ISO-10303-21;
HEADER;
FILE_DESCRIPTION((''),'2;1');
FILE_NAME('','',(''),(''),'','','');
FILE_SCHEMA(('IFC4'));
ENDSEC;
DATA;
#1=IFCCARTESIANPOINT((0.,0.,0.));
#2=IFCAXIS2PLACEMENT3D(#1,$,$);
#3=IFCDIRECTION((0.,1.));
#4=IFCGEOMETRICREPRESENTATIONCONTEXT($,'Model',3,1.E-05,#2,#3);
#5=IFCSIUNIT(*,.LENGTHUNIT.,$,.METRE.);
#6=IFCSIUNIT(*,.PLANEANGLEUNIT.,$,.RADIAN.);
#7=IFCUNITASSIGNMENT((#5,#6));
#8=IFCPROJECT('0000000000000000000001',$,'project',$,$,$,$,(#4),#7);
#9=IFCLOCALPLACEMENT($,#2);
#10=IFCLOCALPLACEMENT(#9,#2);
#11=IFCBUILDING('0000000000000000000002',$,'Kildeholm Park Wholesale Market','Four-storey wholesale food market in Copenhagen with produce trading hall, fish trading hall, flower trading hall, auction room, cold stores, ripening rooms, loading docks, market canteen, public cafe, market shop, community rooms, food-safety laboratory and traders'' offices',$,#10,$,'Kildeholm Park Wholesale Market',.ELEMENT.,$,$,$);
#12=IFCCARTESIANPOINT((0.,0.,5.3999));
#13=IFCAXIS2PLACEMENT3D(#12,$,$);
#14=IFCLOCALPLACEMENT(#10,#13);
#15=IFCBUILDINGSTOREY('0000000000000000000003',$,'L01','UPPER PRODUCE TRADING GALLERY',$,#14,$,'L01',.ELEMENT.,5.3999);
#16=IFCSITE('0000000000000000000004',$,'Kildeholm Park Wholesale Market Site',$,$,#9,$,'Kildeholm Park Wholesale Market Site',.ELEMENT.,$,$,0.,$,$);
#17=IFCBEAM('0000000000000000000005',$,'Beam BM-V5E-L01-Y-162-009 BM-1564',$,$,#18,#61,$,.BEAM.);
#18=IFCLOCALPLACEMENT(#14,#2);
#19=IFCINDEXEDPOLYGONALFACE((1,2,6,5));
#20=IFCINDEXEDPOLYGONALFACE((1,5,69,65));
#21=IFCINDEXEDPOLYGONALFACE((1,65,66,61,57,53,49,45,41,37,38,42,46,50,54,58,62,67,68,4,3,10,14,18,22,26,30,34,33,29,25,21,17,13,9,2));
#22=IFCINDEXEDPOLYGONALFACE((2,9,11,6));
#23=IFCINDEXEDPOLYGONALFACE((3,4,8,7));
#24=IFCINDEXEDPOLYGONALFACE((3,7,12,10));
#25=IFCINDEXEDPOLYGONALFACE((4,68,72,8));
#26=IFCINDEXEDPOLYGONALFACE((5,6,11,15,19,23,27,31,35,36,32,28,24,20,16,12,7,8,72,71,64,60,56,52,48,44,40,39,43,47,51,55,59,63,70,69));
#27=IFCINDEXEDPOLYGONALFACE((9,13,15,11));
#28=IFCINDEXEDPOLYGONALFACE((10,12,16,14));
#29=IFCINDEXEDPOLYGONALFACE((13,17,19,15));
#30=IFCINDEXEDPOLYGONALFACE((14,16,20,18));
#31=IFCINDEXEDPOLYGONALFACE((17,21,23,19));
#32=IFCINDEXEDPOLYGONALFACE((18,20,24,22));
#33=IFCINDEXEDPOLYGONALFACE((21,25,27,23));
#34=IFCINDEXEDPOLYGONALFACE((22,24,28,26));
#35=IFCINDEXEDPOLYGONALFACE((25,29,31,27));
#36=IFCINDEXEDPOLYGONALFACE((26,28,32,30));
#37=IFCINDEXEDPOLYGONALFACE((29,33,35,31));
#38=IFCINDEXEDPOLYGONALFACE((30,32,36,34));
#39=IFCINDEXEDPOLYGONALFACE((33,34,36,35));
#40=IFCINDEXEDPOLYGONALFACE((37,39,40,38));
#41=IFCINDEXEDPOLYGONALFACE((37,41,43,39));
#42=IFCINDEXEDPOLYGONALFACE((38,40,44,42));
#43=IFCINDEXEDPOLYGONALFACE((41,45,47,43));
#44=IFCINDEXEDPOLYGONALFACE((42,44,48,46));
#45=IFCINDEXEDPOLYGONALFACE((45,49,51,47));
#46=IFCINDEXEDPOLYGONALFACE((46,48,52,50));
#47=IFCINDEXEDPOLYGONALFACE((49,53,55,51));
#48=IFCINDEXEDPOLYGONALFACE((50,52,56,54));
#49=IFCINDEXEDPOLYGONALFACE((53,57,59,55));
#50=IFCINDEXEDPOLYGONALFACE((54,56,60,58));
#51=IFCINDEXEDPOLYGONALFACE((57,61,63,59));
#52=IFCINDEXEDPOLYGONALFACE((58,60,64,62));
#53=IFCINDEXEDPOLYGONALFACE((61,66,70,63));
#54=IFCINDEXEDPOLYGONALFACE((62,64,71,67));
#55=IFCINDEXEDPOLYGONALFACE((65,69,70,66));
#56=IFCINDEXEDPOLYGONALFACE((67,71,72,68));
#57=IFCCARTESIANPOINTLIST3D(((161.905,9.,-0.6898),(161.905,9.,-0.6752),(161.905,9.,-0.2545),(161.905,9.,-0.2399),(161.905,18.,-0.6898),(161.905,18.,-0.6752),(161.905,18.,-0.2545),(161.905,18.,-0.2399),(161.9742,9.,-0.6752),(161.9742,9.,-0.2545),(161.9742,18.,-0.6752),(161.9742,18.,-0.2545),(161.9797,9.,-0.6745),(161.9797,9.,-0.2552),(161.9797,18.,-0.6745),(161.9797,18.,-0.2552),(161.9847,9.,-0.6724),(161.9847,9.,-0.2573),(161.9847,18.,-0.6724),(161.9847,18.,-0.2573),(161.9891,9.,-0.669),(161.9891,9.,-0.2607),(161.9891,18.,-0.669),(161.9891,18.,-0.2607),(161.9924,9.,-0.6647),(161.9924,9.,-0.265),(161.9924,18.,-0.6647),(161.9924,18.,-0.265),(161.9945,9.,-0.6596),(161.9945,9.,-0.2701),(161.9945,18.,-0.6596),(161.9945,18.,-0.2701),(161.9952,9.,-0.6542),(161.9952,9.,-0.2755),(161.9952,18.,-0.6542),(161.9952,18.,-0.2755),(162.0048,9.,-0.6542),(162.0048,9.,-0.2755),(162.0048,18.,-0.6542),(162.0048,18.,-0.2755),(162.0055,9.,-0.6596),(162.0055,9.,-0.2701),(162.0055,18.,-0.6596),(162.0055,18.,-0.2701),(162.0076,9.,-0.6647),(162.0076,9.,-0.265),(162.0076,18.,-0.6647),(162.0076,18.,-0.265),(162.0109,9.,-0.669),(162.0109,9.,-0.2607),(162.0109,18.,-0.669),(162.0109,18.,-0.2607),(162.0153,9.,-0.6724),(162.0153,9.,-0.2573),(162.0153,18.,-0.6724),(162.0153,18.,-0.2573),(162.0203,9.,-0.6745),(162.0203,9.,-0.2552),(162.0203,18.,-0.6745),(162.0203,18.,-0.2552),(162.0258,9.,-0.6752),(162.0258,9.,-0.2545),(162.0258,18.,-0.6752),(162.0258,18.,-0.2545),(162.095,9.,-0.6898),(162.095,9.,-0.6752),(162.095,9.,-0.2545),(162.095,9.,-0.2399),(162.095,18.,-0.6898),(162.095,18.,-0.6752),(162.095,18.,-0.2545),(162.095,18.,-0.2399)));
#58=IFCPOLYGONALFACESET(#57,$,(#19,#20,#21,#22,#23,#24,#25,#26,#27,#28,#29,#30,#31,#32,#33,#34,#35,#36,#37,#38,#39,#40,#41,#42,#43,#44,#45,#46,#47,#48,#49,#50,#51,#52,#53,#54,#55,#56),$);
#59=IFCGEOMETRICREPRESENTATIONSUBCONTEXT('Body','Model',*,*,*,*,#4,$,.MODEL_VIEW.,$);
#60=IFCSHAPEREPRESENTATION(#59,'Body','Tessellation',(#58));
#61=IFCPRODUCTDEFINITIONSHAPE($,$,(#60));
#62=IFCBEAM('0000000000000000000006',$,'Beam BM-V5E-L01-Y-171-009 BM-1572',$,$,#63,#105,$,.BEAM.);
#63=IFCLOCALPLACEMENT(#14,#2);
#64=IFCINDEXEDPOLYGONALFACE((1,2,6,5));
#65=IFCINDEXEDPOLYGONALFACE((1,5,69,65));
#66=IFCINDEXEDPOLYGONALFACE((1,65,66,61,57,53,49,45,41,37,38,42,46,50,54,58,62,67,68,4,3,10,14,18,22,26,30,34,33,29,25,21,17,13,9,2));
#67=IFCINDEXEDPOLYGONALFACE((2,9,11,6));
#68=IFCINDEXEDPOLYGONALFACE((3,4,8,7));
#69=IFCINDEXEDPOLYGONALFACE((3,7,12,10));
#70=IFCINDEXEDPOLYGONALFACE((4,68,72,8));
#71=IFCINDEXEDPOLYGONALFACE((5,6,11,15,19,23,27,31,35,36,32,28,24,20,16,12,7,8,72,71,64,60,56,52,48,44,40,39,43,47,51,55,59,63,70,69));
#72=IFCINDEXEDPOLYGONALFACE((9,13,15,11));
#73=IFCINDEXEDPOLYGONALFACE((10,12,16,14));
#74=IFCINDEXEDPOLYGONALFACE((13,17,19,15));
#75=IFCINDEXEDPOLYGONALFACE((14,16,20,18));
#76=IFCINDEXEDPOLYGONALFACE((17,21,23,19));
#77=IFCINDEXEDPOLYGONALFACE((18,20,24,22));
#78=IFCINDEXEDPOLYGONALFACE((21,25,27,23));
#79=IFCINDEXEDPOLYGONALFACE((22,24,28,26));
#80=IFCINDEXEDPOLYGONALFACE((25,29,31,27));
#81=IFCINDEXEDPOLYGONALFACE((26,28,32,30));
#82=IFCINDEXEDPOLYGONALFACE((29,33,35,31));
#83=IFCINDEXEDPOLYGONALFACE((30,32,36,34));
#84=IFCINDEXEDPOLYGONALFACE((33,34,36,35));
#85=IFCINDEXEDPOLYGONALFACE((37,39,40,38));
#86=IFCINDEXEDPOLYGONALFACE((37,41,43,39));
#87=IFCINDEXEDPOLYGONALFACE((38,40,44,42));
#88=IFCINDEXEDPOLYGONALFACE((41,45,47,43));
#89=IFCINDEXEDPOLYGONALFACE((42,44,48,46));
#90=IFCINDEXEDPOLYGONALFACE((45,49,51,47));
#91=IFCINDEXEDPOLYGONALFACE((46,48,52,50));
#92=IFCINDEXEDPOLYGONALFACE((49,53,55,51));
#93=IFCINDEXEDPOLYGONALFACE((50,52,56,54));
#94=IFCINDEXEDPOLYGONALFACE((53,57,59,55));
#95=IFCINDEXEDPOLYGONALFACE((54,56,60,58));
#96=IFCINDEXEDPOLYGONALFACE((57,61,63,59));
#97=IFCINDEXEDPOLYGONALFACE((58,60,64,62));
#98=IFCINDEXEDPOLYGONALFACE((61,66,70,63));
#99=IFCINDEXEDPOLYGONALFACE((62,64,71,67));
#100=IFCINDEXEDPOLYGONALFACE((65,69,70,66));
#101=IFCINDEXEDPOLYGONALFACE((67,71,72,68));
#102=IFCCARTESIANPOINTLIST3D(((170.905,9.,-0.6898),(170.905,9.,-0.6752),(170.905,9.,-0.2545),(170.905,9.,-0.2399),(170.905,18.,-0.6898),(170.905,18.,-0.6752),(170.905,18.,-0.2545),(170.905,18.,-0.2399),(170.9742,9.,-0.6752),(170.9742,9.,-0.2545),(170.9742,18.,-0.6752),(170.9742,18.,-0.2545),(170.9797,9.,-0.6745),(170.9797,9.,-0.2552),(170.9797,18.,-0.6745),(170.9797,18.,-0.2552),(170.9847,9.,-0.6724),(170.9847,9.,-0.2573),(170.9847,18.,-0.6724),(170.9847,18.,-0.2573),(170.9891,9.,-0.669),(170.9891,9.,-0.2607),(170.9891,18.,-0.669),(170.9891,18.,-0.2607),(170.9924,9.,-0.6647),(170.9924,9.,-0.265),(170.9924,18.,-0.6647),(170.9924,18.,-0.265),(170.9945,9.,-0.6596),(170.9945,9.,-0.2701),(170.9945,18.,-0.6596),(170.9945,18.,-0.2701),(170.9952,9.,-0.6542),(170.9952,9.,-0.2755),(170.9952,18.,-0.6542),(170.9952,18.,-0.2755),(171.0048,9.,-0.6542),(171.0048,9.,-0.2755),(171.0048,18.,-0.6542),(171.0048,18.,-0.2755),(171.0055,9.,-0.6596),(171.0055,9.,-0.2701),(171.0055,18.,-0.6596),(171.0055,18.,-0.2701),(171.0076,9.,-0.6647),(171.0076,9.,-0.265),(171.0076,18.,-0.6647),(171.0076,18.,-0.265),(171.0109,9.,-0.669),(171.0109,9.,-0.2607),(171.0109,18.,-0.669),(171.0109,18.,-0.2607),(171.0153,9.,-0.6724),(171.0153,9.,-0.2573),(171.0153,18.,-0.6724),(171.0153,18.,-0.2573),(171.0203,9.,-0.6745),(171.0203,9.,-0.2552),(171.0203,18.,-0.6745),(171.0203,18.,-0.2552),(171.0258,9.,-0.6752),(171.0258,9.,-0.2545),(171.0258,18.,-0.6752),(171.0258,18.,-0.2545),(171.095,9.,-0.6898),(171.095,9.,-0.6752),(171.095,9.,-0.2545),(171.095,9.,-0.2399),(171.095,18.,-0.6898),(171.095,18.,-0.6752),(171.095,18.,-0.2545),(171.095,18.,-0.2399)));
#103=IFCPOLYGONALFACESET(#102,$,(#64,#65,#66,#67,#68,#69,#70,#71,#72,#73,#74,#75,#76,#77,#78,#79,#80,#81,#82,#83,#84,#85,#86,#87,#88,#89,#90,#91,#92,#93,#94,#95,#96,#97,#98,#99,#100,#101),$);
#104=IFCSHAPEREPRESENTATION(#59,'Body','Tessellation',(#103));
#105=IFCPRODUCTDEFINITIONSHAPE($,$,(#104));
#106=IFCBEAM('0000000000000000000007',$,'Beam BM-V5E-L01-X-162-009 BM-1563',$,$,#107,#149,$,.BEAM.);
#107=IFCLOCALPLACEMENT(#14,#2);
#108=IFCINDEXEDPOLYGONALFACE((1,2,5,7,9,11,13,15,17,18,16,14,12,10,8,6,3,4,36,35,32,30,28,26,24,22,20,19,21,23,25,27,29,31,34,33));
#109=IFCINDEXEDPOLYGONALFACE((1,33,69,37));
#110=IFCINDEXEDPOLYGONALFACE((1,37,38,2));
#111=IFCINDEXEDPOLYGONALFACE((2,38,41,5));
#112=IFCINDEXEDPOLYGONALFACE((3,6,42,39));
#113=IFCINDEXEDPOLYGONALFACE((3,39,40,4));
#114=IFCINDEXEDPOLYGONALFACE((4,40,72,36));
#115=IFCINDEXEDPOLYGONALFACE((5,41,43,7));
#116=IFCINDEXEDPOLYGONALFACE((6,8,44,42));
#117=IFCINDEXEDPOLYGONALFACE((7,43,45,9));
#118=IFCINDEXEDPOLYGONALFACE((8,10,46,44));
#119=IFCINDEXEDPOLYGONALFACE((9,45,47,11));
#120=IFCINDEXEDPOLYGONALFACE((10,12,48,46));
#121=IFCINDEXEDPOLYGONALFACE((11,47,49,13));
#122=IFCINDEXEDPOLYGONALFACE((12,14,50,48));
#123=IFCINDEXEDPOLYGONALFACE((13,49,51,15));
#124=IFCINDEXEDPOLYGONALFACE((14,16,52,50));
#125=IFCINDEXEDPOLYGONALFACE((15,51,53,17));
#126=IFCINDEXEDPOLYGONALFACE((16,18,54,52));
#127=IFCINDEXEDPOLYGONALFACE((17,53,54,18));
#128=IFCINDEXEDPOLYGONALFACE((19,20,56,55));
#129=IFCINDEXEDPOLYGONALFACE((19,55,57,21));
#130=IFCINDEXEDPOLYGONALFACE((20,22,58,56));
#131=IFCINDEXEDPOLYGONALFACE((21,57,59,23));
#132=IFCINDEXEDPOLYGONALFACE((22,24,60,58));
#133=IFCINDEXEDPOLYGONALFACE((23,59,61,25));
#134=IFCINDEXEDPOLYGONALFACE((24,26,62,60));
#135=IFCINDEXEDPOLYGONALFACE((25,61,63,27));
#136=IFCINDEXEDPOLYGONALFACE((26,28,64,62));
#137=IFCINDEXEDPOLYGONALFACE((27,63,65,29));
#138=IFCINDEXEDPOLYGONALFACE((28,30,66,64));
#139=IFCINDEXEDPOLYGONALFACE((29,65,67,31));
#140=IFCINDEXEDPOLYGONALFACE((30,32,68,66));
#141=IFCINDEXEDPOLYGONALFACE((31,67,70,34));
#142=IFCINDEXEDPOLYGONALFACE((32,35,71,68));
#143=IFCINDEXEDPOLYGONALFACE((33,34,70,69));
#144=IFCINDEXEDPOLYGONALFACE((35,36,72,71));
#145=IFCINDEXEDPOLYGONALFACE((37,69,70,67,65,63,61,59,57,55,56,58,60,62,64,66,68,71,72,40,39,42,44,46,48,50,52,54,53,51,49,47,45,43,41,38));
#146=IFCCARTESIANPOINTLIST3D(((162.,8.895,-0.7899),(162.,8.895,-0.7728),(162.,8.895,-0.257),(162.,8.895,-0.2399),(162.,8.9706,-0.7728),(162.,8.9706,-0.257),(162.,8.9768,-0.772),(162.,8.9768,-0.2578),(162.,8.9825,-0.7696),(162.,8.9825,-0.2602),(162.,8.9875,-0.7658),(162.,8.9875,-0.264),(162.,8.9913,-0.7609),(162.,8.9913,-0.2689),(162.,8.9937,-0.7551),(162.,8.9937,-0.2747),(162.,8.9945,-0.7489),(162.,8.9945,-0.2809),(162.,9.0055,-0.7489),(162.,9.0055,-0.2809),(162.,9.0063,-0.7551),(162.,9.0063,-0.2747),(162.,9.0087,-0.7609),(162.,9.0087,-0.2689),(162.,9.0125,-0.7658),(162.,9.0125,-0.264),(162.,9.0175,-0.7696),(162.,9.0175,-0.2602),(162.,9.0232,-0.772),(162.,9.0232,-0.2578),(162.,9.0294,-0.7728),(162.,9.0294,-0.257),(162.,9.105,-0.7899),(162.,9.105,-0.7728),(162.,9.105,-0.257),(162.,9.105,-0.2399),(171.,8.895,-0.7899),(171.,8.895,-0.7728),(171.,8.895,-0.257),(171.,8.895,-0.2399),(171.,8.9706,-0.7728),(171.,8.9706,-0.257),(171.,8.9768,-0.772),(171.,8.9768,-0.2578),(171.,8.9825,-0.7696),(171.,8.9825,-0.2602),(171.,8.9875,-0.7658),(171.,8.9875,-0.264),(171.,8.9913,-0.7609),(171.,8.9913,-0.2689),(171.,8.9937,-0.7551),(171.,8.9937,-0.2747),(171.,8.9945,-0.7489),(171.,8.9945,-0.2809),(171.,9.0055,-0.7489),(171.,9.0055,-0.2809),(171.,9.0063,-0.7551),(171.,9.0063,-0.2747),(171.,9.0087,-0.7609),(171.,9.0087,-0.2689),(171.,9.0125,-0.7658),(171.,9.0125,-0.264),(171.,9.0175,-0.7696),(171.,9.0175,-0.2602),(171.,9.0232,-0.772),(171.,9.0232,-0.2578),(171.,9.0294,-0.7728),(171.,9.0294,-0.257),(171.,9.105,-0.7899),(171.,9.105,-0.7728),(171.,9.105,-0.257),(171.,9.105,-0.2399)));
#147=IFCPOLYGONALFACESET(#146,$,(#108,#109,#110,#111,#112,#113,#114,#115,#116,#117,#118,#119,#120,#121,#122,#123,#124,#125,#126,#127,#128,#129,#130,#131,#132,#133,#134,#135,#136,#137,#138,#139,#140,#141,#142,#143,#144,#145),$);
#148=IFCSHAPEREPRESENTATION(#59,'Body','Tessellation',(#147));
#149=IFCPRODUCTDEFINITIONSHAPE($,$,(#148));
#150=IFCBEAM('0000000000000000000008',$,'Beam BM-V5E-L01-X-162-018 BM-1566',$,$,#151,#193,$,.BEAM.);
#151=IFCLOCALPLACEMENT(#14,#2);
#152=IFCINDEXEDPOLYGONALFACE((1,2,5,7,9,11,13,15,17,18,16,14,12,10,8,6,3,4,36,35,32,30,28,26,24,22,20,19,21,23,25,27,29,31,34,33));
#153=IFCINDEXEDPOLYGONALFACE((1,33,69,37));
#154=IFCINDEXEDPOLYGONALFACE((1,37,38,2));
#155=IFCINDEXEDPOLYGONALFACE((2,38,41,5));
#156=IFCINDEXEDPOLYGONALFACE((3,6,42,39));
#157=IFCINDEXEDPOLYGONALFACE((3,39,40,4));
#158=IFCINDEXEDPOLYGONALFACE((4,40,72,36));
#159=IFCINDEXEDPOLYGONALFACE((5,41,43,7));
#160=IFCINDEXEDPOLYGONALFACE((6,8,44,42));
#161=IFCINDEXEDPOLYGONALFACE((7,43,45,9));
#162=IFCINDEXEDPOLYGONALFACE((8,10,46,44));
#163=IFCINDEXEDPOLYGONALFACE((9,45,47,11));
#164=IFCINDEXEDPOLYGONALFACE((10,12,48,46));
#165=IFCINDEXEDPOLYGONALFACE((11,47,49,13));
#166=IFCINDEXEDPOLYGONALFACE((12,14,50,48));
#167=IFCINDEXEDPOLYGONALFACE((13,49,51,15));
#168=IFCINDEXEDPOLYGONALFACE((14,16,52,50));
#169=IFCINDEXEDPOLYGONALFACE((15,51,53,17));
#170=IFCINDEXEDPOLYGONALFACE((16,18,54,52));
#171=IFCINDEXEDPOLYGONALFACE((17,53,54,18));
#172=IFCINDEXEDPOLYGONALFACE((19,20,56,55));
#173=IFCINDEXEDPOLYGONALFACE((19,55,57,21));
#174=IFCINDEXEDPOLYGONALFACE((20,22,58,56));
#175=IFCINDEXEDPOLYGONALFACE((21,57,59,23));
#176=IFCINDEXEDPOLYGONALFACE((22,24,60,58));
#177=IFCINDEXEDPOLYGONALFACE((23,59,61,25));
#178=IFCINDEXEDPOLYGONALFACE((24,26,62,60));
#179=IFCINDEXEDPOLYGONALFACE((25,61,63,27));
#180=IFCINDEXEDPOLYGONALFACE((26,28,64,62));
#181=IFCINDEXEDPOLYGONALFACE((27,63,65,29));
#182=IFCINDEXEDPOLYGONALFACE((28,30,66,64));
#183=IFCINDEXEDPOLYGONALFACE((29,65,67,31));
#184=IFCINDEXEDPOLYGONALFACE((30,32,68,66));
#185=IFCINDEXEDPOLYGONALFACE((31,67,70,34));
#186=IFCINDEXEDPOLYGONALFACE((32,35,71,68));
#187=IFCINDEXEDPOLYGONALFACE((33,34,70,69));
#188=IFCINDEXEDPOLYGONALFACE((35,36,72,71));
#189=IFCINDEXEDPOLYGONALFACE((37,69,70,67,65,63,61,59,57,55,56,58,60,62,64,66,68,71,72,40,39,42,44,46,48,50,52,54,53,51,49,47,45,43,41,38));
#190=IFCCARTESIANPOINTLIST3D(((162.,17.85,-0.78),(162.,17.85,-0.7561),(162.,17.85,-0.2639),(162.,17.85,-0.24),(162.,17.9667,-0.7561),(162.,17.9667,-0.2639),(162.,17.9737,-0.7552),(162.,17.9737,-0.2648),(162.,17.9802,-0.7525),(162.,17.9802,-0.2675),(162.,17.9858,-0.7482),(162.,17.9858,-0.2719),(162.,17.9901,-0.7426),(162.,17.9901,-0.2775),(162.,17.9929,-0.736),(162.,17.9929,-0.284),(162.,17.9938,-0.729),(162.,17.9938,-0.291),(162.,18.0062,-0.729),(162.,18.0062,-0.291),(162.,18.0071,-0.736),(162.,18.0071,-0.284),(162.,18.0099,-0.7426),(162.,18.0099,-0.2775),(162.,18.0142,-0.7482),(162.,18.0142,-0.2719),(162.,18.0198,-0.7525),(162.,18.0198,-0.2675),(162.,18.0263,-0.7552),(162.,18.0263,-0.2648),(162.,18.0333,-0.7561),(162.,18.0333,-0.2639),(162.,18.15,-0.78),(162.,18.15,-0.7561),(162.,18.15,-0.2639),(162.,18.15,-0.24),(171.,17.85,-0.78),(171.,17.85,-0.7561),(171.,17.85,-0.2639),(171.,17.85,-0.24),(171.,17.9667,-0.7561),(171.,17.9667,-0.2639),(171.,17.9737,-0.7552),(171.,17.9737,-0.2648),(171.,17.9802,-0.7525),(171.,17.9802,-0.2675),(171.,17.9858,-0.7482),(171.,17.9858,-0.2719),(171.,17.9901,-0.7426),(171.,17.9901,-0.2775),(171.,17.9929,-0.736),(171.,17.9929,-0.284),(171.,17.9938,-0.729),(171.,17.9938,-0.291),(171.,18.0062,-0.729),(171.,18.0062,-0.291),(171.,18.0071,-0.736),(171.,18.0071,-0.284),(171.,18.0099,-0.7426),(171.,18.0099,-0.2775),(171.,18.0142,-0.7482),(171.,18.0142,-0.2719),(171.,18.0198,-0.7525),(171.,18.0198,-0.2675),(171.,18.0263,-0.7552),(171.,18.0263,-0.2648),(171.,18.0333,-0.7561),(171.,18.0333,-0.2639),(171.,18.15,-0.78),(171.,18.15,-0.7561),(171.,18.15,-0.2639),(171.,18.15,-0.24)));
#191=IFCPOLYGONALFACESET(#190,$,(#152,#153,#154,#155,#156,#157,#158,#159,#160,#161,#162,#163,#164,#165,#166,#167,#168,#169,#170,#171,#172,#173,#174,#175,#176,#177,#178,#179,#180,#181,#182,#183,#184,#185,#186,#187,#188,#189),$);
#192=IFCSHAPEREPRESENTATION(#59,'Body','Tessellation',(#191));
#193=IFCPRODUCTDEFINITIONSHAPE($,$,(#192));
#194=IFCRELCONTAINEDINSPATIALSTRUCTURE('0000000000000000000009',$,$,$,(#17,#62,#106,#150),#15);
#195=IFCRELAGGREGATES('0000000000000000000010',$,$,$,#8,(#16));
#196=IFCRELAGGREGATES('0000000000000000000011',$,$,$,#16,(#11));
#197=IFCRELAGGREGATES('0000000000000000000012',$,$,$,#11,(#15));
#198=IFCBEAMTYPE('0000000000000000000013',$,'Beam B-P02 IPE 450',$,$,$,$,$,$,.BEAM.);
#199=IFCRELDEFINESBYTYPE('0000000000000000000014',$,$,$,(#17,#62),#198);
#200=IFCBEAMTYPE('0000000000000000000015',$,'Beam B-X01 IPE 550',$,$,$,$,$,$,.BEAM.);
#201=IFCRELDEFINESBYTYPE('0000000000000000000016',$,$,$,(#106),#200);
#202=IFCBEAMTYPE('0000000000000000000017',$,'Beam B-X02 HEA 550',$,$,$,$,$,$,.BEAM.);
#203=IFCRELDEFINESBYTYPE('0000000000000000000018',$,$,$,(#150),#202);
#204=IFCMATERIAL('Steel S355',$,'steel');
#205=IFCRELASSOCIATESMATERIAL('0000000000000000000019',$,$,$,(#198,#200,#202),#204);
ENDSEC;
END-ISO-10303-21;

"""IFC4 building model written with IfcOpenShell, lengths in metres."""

from ifc_helpers import new_model, si_unit, direction, frame, origin, origin_2d, place, context, subcontext, project, spatial, i_section, extrude, material, material_profile, profile_set, type_object, element, save


model = new_model("IFC4")

# Units and contexts
model_context = context("Model", 3, precision=1e-05, world=origin(), true_north=direction((0.0, 1.0)))
body_context = subcontext(model_context, "Body", "Model", "MODEL_VIEW")
ifc_project = project(units=[si_unit("LENGTHUNIT", "METRE"), si_unit("PLANEANGLEUNIT", "RADIAN")], contexts=[model_context])

# Site, building, storey
site_placement = place(None, origin())
site = spatial("IfcSite", under=ifc_project, at=site_placement, Name="Kildeholm Park Wholesale Market Site", LongName="Kildeholm Park Wholesale Market Site", CompositionType="ELEMENT", RefElevation=0.0)
building_placement = place(site_placement, origin())
building = spatial("IfcBuilding", under=site, at=building_placement, Name="Kildeholm Park Wholesale Market", Description="Four-storey wholesale food market in Copenhagen with produce trading hall, fish trading hall, flower trading hall, auction room, cold stores, ripening rooms, loading docks, market canteen, public cafe, market shop, community rooms, food-safety laboratory and traders' offices", LongName="Kildeholm Park Wholesale Market", CompositionType="ELEMENT")
storey_placement = place(building_placement, frame((0.0, 0.0, 5.3999)))
storey = spatial("IfcBuildingStorey", under=building, at=storey_placement, Name="L01", Description="UPPER PRODUCE TRADING GALLERY", LongName="L01", CompositionType="ELEMENT", Elevation=5.3999)

# Shared definitions
ifc_material_1 = material(Name="Steel S355", Category="steel")

# Beams
ifc_material_profile_1 = material_profile(ifc_material_1, i_section(OverallWidth=0.1899, OverallDepth=0.45, WebThickness=0.0095, FlangeThickness=0.0146, FilletRadius=0.021, at=origin_2d()), Name="IPE 450")
ifc_profile_set_1 = profile_set([ifc_material_profile_1], Name="Steel S355")
beam_type_1 = type_object("IfcBeamType", Name="Beam B-P02 IPE 450", PredefinedType="BEAM", material=ifc_profile_set_1)
for number, where, z_axis, x_axis, name in (
    (1, (162.0, 9.0, -0.4648), (0.0, 1.0, 0.0), (-1.0, 0.0, 0.0), "Beam BM-V5E-L01-Y-162-009 BM-1564"),
    (2, (171.0, 9.0, -0.4648), (0.0, 1.0, 0.0), (-1.0, 0.0, 0.0), "Beam BM-V5E-L01-Y-171-009 BM-1572"),
):
    element("IfcBeam", number, at=place(storey_placement, frame(where, z_axis=z_axis, x_axis=x_axis)), inside=storey, type_object=beam_type_1, Name=name, PredefinedType="BEAM", context=body_context, shape_type="SweptSolid", body=[
        extrude(i_section(OverallWidth=0.1899, OverallDepth=0.45, WebThickness=0.0095, FlangeThickness=0.0146, FilletRadius=0.021, at=origin_2d()), origin(), (0.0, 0.0, 1.0), 9.0),
    ])
ifc_material_profile_2 = material_profile(ifc_material_1, i_section(OverallWidth=0.21, OverallDepth=0.55, WebThickness=0.011, FlangeThickness=0.0171, FilletRadius=0.0239, at=origin_2d()), Name="IPE 550")
ifc_profile_set_2 = profile_set([ifc_material_profile_2], Name="Steel S355")
beam_type_2 = type_object("IfcBeamType", Name="Beam B-X01 IPE 550", PredefinedType="BEAM", material=ifc_profile_set_2)
beam_1_placement = place(storey_placement, frame((162.0, 9.0, -0.5149), z_axis=(1.0, 0.0, 0.0), x_axis=(0.0, 1.0, 0.0)))
element("IfcBeam", 3, at=beam_1_placement, inside=storey, type_object=beam_type_2, Name="Beam BM-V5E-L01-X-162-009 BM-1563", PredefinedType="BEAM", context=body_context, shape_type="SweptSolid", body=[
    extrude(i_section(OverallWidth=0.21, OverallDepth=0.55, WebThickness=0.011, FlangeThickness=0.0171, FilletRadius=0.0239, at=origin_2d()), origin(), (0.0, 0.0, 1.0), 9.0),
])
ifc_material_profile_3 = material_profile(ifc_material_1, i_section(OverallWidth=0.3, OverallDepth=0.54, WebThickness=0.0125, FlangeThickness=0.0239, FilletRadius=0.0271, at=origin_2d()), Name="HEA 550")
ifc_profile_set_3 = profile_set([ifc_material_profile_3], Name="Steel S355")
beam_type_3 = type_object("IfcBeamType", Name="Beam B-X02 HEA 550", PredefinedType="BEAM", material=ifc_profile_set_3)
for number, where, z_axis, x_axis, name in (
    (4, (162.0, 18.0, -0.51), (1.0, 0.0, 0.0), (0.0, 1.0, 0.0), "Beam BM-V5E-L01-X-162-018 BM-1566"),
):
    element("IfcBeam", number, at=place(storey_placement, frame(where, z_axis=z_axis, x_axis=x_axis)), inside=storey, type_object=beam_type_3, Name=name, PredefinedType="BEAM", context=body_context, shape_type="SweptSolid", body=[
        extrude(i_section(OverallWidth=0.3, OverallDepth=0.54, WebThickness=0.0125, FlangeThickness=0.0239, FilletRadius=0.0271, at=origin_2d()), origin(), (0.0, 0.0, 1.0), 9.0),
    ])

save(model, "model.ifc")
